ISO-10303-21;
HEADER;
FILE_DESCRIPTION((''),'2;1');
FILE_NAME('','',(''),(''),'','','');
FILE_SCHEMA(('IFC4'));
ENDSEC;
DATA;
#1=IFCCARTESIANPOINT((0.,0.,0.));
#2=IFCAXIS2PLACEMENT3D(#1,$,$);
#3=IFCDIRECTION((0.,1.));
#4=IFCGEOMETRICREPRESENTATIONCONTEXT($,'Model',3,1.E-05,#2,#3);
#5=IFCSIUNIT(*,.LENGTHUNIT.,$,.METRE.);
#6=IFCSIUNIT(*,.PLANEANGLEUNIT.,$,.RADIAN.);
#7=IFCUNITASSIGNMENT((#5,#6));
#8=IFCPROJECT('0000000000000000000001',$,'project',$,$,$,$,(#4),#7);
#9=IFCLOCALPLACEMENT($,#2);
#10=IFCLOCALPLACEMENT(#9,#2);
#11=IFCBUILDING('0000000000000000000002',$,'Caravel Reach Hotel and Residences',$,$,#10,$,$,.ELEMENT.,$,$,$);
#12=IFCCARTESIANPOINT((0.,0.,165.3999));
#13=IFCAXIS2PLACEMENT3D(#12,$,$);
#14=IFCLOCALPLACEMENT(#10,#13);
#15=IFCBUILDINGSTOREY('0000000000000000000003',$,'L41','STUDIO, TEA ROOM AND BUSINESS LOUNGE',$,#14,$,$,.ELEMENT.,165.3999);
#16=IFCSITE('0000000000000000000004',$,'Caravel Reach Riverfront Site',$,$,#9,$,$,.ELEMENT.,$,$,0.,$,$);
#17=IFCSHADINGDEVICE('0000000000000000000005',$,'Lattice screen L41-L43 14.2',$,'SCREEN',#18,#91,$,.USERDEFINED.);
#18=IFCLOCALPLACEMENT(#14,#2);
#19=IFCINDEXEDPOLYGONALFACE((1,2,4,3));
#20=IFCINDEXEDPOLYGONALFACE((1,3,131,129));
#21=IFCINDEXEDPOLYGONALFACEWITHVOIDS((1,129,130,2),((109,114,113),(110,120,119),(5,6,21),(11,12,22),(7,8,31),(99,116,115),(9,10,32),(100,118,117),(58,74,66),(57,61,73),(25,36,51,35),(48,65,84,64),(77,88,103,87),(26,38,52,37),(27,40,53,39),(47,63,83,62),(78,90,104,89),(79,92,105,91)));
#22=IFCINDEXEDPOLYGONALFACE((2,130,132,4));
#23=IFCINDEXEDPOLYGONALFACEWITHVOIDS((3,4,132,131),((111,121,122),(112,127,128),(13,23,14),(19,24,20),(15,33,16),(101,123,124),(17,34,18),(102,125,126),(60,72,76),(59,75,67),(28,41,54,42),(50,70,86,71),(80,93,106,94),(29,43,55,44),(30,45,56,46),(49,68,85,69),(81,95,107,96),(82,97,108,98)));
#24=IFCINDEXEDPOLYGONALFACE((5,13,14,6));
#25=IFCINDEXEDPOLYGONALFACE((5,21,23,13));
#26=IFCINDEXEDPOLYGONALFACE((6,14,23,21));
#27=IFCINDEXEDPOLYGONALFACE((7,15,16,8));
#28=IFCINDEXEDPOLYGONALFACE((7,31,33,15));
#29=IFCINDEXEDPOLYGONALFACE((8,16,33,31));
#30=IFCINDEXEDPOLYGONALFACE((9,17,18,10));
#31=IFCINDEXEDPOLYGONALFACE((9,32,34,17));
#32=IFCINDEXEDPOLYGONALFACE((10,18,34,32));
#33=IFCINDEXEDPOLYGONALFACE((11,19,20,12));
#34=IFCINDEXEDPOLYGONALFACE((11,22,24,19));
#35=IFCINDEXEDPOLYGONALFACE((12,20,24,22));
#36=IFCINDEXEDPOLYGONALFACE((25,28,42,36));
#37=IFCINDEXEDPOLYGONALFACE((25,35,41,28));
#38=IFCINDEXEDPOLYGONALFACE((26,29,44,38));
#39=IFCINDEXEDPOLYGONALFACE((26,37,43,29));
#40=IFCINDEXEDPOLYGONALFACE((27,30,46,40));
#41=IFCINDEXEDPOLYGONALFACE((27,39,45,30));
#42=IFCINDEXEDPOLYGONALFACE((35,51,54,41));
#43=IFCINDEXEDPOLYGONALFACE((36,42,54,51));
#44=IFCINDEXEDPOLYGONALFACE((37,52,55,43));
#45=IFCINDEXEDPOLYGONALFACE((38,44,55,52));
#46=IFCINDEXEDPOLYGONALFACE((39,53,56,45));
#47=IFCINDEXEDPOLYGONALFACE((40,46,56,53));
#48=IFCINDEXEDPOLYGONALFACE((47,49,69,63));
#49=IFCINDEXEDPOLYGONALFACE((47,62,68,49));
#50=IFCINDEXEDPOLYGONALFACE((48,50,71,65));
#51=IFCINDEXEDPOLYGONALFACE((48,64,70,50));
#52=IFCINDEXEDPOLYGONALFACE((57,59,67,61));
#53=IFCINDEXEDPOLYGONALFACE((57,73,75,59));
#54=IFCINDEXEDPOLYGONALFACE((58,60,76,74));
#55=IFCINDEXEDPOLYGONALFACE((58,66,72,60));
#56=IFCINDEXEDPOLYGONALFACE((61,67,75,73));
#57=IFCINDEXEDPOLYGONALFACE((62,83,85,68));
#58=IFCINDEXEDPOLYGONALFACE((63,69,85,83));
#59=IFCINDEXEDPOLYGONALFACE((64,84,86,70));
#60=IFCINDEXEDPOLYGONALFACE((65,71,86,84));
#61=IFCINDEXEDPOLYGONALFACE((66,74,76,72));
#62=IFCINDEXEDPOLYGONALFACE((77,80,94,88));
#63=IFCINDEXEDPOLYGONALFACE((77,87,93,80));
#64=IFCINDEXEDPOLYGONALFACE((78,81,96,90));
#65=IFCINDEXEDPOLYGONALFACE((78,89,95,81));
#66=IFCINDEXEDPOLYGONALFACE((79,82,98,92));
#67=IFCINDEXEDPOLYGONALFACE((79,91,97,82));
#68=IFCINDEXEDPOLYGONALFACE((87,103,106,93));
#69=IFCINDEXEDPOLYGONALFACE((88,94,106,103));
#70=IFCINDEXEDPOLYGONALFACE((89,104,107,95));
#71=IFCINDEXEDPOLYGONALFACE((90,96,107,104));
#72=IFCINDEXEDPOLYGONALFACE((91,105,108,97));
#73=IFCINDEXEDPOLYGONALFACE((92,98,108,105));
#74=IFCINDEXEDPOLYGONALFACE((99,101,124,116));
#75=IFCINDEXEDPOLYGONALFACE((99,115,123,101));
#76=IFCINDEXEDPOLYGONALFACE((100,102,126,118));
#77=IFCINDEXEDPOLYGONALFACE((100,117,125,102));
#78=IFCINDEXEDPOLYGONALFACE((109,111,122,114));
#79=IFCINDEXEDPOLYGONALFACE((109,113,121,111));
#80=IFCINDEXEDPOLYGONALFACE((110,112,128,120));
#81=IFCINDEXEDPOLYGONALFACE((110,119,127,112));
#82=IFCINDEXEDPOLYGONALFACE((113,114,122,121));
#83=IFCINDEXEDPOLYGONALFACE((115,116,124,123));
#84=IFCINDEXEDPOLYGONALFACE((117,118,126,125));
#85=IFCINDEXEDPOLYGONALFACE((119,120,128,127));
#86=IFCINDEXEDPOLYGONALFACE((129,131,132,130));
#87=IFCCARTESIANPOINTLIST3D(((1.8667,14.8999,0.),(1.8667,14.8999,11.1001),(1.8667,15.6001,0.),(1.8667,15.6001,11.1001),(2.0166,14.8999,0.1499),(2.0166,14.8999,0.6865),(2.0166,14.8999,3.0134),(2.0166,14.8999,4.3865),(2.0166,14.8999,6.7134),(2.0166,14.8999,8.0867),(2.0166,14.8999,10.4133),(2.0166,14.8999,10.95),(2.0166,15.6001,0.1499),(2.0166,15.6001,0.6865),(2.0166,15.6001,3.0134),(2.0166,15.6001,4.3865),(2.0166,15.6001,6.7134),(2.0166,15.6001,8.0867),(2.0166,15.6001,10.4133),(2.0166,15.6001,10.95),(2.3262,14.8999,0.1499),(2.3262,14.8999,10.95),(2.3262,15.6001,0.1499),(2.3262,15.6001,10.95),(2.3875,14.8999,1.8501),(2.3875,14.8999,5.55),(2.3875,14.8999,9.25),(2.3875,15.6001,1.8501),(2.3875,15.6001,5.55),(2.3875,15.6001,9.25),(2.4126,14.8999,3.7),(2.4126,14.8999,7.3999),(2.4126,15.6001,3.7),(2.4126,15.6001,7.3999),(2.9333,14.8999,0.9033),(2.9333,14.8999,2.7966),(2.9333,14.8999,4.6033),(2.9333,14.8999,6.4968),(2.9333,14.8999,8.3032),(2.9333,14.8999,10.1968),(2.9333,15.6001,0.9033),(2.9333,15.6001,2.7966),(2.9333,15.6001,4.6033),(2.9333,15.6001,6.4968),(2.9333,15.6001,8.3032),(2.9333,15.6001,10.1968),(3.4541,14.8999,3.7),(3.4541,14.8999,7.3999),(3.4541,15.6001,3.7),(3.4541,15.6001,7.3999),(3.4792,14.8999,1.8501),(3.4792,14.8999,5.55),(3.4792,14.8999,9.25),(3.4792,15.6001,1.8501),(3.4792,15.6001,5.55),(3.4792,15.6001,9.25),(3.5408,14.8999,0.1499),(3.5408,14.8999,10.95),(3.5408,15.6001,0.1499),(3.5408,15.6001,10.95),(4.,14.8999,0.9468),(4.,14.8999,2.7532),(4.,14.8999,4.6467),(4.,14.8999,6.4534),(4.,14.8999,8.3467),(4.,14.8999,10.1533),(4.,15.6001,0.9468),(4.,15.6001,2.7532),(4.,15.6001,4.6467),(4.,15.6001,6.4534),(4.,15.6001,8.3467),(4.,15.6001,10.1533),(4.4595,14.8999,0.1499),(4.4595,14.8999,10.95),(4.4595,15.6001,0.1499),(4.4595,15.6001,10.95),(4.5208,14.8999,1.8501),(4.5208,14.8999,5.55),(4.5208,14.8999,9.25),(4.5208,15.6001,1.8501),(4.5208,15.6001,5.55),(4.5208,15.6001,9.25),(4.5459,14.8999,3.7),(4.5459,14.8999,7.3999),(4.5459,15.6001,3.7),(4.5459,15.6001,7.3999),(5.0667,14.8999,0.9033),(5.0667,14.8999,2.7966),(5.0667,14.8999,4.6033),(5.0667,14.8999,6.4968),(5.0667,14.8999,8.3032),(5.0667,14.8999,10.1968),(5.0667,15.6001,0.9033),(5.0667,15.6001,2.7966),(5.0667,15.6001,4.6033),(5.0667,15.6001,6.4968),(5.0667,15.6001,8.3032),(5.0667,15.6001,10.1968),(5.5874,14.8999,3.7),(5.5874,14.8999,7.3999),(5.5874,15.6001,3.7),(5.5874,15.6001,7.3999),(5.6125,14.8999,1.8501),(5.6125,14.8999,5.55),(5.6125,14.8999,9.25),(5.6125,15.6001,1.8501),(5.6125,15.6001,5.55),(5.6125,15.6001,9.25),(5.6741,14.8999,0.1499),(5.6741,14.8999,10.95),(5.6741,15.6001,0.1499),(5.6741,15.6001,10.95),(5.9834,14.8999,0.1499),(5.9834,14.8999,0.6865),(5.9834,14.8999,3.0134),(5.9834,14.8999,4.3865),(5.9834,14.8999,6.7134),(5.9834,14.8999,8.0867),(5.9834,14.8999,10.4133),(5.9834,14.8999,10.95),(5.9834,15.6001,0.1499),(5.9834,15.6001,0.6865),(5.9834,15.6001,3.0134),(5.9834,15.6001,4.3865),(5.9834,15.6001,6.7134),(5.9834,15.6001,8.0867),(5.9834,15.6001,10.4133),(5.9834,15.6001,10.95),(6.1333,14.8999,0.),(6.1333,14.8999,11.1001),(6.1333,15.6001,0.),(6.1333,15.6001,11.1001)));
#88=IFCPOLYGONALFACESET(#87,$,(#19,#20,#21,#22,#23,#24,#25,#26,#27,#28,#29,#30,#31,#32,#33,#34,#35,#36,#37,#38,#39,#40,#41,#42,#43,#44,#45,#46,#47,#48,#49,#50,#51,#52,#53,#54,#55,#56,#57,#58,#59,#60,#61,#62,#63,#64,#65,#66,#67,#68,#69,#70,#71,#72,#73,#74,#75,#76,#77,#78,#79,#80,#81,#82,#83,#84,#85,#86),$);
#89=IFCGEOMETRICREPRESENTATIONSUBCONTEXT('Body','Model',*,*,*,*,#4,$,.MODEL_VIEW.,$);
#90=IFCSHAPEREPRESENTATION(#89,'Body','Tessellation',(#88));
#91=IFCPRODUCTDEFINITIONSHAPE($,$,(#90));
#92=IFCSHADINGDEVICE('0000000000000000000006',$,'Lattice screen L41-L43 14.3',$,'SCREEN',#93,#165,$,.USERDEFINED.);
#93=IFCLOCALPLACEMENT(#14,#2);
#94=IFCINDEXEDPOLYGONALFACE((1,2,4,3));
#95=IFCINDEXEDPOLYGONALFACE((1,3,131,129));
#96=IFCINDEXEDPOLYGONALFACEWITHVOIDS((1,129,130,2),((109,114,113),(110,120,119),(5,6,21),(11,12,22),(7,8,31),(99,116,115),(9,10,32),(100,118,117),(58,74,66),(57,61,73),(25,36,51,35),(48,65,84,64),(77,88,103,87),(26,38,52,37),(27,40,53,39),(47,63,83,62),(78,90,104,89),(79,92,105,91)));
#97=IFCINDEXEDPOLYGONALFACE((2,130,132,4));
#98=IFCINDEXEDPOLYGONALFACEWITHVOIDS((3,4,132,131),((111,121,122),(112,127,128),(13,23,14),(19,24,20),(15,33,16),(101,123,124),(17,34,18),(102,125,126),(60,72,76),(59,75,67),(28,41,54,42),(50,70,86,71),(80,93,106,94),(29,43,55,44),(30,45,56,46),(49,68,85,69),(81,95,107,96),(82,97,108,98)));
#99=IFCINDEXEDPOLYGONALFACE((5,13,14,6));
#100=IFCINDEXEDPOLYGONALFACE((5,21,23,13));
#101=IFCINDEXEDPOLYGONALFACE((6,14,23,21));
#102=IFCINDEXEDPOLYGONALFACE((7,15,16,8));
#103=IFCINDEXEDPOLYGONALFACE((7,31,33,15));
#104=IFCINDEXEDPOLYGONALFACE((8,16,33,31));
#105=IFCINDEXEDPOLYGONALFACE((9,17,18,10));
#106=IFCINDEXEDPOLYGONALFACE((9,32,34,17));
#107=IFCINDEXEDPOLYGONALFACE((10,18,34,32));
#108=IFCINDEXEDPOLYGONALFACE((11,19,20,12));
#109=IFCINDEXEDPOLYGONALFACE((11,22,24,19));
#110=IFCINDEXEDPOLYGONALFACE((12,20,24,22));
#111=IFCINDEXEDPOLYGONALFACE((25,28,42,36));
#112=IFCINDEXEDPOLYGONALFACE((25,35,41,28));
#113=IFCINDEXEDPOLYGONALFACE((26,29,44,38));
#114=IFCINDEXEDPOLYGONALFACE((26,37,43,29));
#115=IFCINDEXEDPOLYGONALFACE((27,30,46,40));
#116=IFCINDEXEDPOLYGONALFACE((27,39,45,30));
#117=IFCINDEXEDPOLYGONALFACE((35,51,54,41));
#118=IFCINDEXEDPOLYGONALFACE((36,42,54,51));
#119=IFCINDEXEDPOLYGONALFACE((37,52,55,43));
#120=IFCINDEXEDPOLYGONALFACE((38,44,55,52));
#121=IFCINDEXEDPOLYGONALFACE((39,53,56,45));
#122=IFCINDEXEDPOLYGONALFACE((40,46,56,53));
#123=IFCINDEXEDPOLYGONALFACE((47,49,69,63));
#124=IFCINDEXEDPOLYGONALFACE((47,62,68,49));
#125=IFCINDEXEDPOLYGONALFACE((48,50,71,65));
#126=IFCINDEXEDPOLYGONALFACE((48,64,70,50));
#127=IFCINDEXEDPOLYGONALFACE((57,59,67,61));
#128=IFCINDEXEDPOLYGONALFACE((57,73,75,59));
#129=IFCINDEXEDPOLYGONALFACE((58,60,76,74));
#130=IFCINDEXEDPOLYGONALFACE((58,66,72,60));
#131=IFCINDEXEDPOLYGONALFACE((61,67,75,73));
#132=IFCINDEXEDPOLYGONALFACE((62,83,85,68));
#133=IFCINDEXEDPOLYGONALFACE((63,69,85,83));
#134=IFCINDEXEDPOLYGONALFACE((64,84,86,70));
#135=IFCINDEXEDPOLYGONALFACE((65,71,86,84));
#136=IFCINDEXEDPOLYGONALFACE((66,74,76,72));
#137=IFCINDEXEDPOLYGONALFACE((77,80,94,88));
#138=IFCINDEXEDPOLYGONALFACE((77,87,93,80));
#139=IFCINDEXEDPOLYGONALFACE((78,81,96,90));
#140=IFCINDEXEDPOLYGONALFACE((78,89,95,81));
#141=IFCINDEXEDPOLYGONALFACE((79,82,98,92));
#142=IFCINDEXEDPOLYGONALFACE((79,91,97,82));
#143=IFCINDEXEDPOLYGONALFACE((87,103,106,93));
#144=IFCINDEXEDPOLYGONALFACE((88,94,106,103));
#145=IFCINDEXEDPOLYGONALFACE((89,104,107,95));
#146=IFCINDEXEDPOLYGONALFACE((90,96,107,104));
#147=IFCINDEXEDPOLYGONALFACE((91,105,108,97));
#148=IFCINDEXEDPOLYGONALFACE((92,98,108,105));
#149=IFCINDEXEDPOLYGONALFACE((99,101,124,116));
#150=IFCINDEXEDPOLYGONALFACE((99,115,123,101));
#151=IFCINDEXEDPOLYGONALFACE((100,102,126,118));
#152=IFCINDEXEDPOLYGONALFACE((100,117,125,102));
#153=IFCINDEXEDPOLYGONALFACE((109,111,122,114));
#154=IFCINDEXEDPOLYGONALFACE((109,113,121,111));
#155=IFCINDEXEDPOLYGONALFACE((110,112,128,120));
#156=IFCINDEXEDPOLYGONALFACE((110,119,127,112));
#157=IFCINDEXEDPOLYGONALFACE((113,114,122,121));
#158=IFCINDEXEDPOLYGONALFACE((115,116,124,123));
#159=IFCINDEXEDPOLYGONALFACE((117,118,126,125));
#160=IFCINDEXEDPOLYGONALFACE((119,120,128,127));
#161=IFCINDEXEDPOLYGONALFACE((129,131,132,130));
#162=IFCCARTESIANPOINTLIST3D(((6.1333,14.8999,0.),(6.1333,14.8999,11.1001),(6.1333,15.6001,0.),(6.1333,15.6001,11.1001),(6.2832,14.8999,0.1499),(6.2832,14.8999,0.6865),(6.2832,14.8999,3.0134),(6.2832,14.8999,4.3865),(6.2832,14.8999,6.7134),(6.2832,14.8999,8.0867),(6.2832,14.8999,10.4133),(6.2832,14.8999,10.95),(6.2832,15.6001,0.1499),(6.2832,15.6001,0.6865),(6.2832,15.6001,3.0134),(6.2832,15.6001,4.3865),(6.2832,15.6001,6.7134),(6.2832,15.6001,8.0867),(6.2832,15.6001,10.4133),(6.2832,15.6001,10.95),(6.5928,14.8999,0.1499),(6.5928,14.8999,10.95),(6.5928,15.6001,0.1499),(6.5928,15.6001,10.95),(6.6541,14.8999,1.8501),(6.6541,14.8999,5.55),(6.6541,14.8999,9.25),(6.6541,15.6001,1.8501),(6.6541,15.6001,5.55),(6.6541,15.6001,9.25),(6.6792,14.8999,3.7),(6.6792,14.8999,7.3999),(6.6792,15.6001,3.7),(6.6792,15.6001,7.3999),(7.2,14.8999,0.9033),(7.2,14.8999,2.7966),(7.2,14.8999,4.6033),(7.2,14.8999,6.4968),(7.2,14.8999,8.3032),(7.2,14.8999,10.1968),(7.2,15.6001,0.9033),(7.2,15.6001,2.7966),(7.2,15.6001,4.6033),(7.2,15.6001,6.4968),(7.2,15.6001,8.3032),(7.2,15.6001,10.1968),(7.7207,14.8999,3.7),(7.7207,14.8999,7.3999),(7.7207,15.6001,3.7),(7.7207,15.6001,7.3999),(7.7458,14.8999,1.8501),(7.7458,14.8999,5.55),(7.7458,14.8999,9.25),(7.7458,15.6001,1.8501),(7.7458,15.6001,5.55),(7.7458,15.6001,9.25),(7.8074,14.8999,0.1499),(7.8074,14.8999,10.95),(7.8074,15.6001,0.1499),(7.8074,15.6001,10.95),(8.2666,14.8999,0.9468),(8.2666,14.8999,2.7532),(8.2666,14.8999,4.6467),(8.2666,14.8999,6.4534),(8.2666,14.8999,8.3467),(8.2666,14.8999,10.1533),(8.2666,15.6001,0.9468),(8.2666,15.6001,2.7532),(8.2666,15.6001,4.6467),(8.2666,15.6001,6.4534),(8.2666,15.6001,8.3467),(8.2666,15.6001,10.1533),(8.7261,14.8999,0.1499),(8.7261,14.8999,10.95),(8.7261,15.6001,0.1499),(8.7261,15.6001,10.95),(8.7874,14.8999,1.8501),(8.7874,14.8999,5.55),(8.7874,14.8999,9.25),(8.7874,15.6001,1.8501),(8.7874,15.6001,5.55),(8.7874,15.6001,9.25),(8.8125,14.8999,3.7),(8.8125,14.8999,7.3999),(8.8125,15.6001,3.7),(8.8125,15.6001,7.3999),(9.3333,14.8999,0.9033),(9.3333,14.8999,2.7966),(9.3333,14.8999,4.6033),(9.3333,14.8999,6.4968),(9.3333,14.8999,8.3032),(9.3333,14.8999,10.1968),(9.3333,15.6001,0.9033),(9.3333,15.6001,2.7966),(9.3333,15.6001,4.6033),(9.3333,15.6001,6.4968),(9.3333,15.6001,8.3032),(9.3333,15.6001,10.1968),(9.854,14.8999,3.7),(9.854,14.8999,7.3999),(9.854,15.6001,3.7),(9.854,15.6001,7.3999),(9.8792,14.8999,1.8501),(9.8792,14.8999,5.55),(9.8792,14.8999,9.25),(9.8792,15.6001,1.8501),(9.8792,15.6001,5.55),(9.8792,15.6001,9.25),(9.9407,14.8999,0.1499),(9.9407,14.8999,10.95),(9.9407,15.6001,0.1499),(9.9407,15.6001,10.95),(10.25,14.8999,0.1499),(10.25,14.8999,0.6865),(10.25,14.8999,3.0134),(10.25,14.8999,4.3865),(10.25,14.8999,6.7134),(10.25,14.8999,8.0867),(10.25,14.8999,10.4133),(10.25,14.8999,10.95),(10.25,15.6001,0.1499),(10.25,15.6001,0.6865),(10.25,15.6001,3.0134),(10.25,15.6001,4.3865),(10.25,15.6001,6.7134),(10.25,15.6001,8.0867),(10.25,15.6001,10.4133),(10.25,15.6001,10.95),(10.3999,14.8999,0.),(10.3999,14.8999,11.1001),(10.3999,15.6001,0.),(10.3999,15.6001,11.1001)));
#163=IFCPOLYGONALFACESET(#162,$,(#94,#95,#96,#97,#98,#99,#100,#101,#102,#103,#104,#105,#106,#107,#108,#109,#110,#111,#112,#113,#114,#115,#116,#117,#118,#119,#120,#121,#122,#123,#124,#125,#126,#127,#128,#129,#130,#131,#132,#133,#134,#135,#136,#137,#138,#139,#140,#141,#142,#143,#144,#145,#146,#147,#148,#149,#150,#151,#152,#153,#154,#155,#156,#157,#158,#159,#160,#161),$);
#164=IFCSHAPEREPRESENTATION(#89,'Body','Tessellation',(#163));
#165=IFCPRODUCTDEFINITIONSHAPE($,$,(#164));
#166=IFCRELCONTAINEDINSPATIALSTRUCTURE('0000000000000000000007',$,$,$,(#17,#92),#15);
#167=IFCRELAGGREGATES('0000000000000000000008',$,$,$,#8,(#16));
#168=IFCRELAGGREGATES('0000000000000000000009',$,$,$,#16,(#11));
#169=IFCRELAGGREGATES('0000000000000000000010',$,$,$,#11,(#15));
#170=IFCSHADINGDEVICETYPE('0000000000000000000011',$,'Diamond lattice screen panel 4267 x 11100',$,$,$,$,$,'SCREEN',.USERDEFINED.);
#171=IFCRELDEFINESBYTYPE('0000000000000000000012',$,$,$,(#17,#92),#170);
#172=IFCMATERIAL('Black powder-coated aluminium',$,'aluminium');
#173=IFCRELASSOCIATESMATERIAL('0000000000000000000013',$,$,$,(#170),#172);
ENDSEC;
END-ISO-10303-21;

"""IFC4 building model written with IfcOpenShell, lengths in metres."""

from ifc_helpers import new_model, si_unit, direction, frame, origin, place, context, subcontext, project, spatial, polyline, outline, extrude, material, type_object, element, save


model = new_model("IFC4")

# Units and contexts
model_context = context("Model", 3, precision=1e-05, world=origin(), true_north=direction((0.0, 1.0)))
body_context = subcontext(model_context, "Body", "Model", "MODEL_VIEW")
ifc_project = project(units=[si_unit("LENGTHUNIT", "METRE"), si_unit("PLANEANGLEUNIT", "RADIAN")], contexts=[model_context])

# Site, building, storey
site_placement = place(None, origin())
site = spatial("IfcSite", under=ifc_project, at=site_placement, Name="Caravel Reach Riverfront Site", CompositionType="ELEMENT", RefElevation=0.0)
building_placement = place(site_placement, origin())
building = spatial("IfcBuilding", under=site, at=building_placement, Name="Caravel Reach Hotel and Residences", CompositionType="ELEMENT")
storey_placement = place(building_placement, frame((0.0, 0.0, 165.3999)))
storey = spatial("IfcBuildingStorey", under=building, at=storey_placement, Name="L41", Description="STUDIO, TEA ROOM AND BUSINESS LOUNGE", CompositionType="ELEMENT", Elevation=165.3999)

# Shading devices
ifc_material_1 = material(Name="Black powder-coated aluminium", Category="aluminium")
shading_device_type_1 = type_object("IfcShadingDeviceType", Name="Diamond lattice screen panel 4267 x 11100", ElementType="SCREEN", PredefinedType="USERDEFINED", material=ifc_material_1)
shading_device_1_placement = place(storey_placement, frame((1.8667, 15.6001, 0.0), z_axis=(0.0, -1.0, 0.0), x_axis=(1.0, 0.0, 0.0)))
element("IfcShadingDevice", 1, at=shading_device_1_placement, inside=storey, type_object=shading_device_type_1, Name="Lattice screen L41-L43 14.2", ObjectType="SCREEN", PredefinedType="USERDEFINED", context=body_context, shape_type="SweptSolid", body=[
    extrude(outline(polyline([(0.0, 0.0), (4.2666, 0.0), (4.2666, 11.1001), (0.0, 11.1001), (0.0, 0.0)]), holes=[polyline([(0.4595, 0.1499), (0.1499, 0.6865), (0.1499, 0.1499), (0.4595, 0.1499)]), polyline([(0.5459, 3.7), (0.1499, 4.3865), (0.1499, 3.0134), (0.5459, 3.7)]), polyline([(0.5459, 7.3999), (0.1499, 8.0867), (0.1499, 6.7134), (0.5459, 7.3999)]), polyline([(0.1499, 10.4133), (0.4595, 10.95), (0.1499, 10.95), (0.1499, 10.4133)]), polyline([(1.0667, 2.7966), (0.5208, 1.8501), (1.0667, 0.9033), (1.6125, 1.8501), (1.0667, 2.7966)]), polyline([(1.0667, 6.4968), (0.5208, 5.55), (1.0667, 4.6033), (1.6125, 5.55), (1.0667, 6.4968)]), polyline([(1.0667, 10.1968), (0.5208, 9.25), (1.0667, 8.3032), (1.6125, 9.25), (1.0667, 10.1968)]), polyline([(2.1333, 0.9468), (1.6741, 0.1499), (2.5928, 0.1499), (2.1333, 0.9468)]), polyline([(2.1333, 4.6467), (1.5874, 3.7), (2.1333, 2.7532), (2.6792, 3.7), (2.1333, 4.6467)]), polyline([(2.1333, 8.3467), (1.5874, 7.3999), (2.1333, 6.4534), (2.6792, 7.3999), (2.1333, 8.3467)]), polyline([(2.1333, 10.1533), (2.5928, 10.95), (1.6741, 10.95), (2.1333, 10.1533)]), polyline([(3.2, 2.7966), (2.6541, 1.8501), (3.2, 0.9033), (3.7458, 1.8501), (3.2, 2.7966)]), polyline([(3.2, 6.4968), (2.6541, 5.55), (3.2, 4.6033), (3.7458, 5.55), (3.2, 6.4968)]), polyline([(3.2, 10.1968), (2.6541, 9.25), (3.2, 8.3032), (3.7458, 9.25), (3.2, 10.1968)]), polyline([(4.1167, 0.6865), (3.8074, 0.1499), (4.1167, 0.1499), (4.1167, 0.6865)]), polyline([(3.7207, 3.7), (4.1167, 3.0134), (4.1167, 4.3865), (3.7207, 3.7)]), polyline([(3.7207, 7.3999), (4.1167, 6.7134), (4.1167, 8.0867), (3.7207, 7.3999)]), polyline([(3.8074, 10.95), (4.1167, 10.4133), (4.1167, 10.95), (3.8074, 10.95)])]), origin(), (0.0, 0.0, 1.0), 0.7002),
])
shading_device_2_placement = place(storey_placement, frame((6.1333, 15.6001, 0.0), z_axis=(0.0, -1.0, 0.0), x_axis=(1.0, 0.0, 0.0)))
element("IfcShadingDevice", 2, at=shading_device_2_placement, inside=storey, type_object=shading_device_type_1, Name="Lattice screen L41-L43 14.3", ObjectType="SCREEN", PredefinedType="USERDEFINED", context=body_context, shape_type="SweptSolid", body=[
    extrude(outline(polyline([(0.0, 0.0), (4.2666, 0.0), (4.2666, 11.1001), (0.0, 11.1001), (0.0, 0.0)]), holes=[polyline([(0.4595, 0.1499), (0.1499, 0.6865), (0.1499, 0.1499), (0.4595, 0.1499)]), polyline([(0.5459, 3.7), (0.1499, 4.3865), (0.1499, 3.0134), (0.5459, 3.7)]), polyline([(0.5459, 7.3999), (0.1499, 8.0867), (0.1499, 6.7134), (0.5459, 7.3999)]), polyline([(0.1499, 10.4133), (0.4595, 10.95), (0.1499, 10.95), (0.1499, 10.4133)]), polyline([(1.0667, 2.7966), (0.5208, 1.8501), (1.0667, 0.9033), (1.6125, 1.8501), (1.0667, 2.7966)]), polyline([(1.0667, 6.4968), (0.5208, 5.55), (1.0667, 4.6033), (1.6125, 5.55), (1.0667, 6.4968)]), polyline([(1.0667, 10.1968), (0.5208, 9.25), (1.0667, 8.3032), (1.6125, 9.25), (1.0667, 10.1968)]), polyline([(2.1333, 0.9468), (1.6741, 0.1499), (2.5928, 0.1499), (2.1333, 0.9468)]), polyline([(2.1333, 4.6467), (1.5874, 3.7), (2.1333, 2.7532), (2.6792, 3.7), (2.1333, 4.6467)]), polyline([(2.1333, 8.3467), (1.5874, 7.3999), (2.1333, 6.4534), (2.6792, 7.3999), (2.1333, 8.3467)]), polyline([(2.1333, 10.1533), (2.5928, 10.95), (1.6741, 10.95), (2.1333, 10.1533)]), polyline([(3.2, 2.7966), (2.6541, 1.8501), (3.2, 0.9033), (3.7458, 1.8501), (3.2, 2.7966)]), polyline([(3.2, 6.4968), (2.6541, 5.55), (3.2, 4.6033), (3.7458, 5.55), (3.2, 6.4968)]), polyline([(3.2, 10.1968), (2.6541, 9.25), (3.2, 8.3032), (3.7458, 9.25), (3.2, 10.1968)]), polyline([(4.1167, 0.6865), (3.8074, 0.1499), (4.1167, 0.1499), (4.1167, 0.6865)]), polyline([(3.7207, 3.7), (4.1167, 3.0134), (4.1167, 4.3865), (3.7207, 3.7)]), polyline([(3.7207, 7.3999), (4.1167, 6.7134), (4.1167, 8.0867), (3.7207, 7.3999)]), polyline([(3.8074, 10.95), (4.1167, 10.4133), (4.1167, 10.95), (3.8074, 10.95)])]), origin(), (0.0, 0.0, 1.0), 0.7002),
])

save(model, "model.ifc")
